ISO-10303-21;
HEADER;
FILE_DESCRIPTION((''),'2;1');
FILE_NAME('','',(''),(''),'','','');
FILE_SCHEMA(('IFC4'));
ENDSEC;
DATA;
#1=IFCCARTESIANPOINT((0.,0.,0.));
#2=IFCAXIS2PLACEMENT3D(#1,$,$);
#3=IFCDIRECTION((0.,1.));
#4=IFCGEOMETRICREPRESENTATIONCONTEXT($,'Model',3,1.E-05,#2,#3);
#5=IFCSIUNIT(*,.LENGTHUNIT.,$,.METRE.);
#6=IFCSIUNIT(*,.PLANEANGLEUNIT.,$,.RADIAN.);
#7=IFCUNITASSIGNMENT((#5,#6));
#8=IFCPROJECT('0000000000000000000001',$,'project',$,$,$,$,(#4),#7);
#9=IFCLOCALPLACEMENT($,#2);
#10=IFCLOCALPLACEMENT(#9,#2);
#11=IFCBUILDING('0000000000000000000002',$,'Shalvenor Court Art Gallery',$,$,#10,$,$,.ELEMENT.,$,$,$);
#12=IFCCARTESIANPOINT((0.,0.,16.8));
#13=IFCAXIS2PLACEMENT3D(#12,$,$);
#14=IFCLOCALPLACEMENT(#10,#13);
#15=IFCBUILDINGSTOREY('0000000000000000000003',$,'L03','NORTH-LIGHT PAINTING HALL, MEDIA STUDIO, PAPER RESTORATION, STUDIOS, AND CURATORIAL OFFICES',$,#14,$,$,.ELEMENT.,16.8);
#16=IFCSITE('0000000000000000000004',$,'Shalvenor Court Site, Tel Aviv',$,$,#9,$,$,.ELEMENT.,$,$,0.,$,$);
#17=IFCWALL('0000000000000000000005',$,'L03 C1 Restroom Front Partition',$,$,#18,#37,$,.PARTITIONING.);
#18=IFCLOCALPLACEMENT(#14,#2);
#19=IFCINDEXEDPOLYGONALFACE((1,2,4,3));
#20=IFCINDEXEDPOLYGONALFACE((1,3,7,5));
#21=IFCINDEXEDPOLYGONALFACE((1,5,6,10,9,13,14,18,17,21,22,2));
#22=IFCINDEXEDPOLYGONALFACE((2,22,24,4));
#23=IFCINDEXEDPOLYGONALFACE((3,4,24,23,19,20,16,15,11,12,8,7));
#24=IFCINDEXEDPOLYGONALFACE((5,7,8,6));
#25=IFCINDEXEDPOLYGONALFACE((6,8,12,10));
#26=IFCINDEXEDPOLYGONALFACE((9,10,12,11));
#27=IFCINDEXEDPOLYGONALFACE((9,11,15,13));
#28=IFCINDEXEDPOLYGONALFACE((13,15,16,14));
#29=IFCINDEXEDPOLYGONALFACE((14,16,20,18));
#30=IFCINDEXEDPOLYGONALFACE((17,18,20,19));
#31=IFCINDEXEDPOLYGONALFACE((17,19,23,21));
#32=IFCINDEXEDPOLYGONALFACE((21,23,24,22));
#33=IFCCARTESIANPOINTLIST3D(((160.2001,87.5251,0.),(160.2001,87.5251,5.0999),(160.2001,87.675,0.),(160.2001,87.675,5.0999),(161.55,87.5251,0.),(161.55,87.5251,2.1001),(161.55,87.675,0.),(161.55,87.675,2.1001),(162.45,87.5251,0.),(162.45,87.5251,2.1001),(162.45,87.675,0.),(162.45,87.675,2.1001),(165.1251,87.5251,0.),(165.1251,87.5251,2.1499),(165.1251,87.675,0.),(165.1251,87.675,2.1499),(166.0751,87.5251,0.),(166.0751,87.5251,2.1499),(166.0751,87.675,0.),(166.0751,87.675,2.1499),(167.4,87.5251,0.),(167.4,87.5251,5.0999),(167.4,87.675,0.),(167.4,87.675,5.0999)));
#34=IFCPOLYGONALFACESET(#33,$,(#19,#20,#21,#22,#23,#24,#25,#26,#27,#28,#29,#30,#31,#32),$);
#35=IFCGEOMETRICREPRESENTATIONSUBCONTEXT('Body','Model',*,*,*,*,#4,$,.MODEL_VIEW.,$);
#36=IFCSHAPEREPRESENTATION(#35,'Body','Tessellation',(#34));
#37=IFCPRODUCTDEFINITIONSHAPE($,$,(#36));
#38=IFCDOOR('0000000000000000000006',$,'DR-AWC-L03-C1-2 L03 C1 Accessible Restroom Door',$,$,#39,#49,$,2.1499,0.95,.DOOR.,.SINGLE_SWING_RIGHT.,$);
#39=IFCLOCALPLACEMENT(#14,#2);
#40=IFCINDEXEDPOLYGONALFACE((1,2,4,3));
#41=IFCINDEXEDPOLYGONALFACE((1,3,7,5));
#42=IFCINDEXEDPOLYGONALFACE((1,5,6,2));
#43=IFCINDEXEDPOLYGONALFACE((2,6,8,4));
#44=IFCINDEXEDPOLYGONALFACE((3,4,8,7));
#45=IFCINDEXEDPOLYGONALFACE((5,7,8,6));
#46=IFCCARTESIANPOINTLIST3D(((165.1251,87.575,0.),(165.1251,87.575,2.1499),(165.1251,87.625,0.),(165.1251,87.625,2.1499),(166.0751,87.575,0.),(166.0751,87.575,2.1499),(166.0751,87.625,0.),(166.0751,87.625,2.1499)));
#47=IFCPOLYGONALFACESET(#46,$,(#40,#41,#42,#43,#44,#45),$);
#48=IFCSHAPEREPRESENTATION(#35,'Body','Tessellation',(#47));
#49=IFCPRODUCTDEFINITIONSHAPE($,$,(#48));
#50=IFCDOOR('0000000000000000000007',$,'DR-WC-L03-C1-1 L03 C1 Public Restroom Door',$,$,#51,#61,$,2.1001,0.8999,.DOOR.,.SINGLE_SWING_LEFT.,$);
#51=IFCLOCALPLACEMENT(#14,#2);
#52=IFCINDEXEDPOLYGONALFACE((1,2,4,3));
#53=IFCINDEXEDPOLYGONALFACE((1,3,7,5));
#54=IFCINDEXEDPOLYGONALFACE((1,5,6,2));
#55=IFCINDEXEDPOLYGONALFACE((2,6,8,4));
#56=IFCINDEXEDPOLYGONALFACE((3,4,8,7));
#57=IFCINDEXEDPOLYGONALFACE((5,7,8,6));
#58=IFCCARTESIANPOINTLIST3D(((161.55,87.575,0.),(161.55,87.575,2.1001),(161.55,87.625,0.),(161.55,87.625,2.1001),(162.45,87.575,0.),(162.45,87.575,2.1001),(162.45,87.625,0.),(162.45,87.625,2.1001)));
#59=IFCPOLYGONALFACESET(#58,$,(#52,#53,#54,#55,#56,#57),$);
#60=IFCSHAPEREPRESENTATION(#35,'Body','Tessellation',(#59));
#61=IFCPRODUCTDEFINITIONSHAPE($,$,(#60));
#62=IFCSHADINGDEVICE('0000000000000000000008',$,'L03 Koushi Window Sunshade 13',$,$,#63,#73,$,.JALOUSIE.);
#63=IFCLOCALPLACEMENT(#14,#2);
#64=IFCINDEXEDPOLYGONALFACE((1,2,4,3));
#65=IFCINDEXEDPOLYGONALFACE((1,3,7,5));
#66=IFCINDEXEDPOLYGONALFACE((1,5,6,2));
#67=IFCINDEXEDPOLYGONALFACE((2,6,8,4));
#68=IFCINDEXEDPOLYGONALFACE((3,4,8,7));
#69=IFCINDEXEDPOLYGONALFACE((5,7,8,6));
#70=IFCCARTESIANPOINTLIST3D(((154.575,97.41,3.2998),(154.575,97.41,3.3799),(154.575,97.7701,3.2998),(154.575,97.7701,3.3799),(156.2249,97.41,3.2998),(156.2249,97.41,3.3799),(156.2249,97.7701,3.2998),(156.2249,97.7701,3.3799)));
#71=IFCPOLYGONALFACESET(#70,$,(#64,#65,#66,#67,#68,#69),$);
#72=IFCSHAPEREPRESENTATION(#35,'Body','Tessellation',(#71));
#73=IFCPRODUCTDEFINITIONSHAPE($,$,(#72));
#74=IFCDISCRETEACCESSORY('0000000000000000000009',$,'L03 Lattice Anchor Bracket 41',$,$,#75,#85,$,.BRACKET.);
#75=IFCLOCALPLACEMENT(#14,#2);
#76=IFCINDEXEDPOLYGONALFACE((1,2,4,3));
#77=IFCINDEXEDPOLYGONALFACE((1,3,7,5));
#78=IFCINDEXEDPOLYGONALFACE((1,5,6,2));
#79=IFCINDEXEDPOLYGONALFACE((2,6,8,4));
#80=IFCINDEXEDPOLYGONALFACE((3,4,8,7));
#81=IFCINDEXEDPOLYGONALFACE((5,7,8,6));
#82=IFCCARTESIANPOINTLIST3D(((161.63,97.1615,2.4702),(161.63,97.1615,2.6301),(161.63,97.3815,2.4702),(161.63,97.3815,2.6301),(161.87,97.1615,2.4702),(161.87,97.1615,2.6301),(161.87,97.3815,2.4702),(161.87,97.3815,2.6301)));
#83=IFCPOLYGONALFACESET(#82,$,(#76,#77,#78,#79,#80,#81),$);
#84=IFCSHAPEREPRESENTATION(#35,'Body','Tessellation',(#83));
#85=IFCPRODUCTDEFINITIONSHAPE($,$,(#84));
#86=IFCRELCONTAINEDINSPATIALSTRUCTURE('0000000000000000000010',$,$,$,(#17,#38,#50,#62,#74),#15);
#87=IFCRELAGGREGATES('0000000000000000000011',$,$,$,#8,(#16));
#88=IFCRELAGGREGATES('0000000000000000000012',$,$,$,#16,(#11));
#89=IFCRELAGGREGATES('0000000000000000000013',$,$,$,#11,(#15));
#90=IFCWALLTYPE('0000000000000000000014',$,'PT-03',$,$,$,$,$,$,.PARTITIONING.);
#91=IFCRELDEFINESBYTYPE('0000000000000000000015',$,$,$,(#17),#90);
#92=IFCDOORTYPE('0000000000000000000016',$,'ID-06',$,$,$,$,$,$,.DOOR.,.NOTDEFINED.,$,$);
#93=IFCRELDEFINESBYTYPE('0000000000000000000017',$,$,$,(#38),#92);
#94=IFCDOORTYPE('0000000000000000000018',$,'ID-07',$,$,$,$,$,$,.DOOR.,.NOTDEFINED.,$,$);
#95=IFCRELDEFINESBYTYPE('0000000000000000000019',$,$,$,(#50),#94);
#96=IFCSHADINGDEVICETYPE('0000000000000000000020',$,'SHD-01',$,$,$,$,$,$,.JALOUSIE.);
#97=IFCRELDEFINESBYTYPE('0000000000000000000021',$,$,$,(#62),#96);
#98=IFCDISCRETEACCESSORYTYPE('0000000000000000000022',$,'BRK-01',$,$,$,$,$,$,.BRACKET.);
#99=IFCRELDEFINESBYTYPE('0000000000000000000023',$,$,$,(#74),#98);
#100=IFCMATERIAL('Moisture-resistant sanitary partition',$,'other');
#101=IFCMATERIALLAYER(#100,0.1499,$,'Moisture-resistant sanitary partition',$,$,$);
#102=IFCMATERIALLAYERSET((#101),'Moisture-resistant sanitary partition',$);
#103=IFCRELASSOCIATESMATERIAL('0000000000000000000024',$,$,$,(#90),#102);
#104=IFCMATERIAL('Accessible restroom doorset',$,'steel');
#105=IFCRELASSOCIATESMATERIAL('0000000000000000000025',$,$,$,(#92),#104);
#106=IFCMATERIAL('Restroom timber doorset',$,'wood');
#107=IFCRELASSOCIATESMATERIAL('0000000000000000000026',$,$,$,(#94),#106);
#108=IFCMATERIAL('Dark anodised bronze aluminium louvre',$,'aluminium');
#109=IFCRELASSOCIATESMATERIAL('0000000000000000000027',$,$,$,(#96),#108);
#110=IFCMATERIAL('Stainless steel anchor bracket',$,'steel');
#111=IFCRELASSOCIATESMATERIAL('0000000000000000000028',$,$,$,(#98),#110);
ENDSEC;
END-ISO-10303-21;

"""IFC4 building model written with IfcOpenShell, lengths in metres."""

from ifc_helpers import new_model, si_unit, direction, frame, frame_2d, origin, origin_2d, place, context, subcontext, project, spatial, rectangle, extrude, material, layer, layer_set, type_object, element, fill, save


model = new_model("IFC4")

# Units and contexts
model_context = context("Model", 3, precision=1e-05, world=origin(), true_north=direction((0.0, 1.0)))
body_context = subcontext(model_context, "Body", "Model", "MODEL_VIEW")
ifc_project = project(units=[si_unit("LENGTHUNIT", "METRE"), si_unit("PLANEANGLEUNIT", "RADIAN")], contexts=[model_context])

# Site, building, storey
site_placement = place(None, origin())
site = spatial("IfcSite", under=ifc_project, at=site_placement, Name="Shalvenor Court Site, Tel Aviv", CompositionType="ELEMENT", RefElevation=0.0)
building_placement = place(site_placement, origin())
building = spatial("IfcBuilding", under=site, at=building_placement, Name="Shalvenor Court Art Gallery", CompositionType="ELEMENT")
storey_placement = place(building_placement, frame((0.0, 0.0, 16.8)))
storey = spatial("IfcBuildingStorey", under=building, at=storey_placement, Name="L03", Description="NORTH-LIGHT PAINTING HALL, MEDIA STUDIO, PAPER RESTORATION, STUDIOS, AND CURATORIAL OFFICES", CompositionType="ELEMENT", Elevation=16.8)

# Wall, openings, doors
ifc_material_1 = material(Name="Moisture-resistant sanitary partition", Category="other")
ifc_layer_1 = layer(ifc_material_1, 0.1499, Name="Moisture-resistant sanitary partition")
ifc_layer_set_1 = layer_set([ifc_layer_1], Name="Moisture-resistant sanitary partition")
wall_type = type_object("IfcWallType", Name="PT-03", PredefinedType="PARTITIONING", material=ifc_layer_set_1)
wall_placement = place(storey_placement, frame((160.2, 87.6001, 0.0), z_axis=(0.0, 0.0, 1.0), x_axis=(1.0, 0.0, 0.0)))
wall = element("IfcWall", 1, at=wall_placement, inside=storey, type_object=wall_type, Name="L03 C1 Restroom Front Partition", PredefinedType="PARTITIONING", context=body_context, shape_type="SweptSolid", body=[
    extrude(rectangle(XDim=7.2, YDim=0.1499, at=frame_2d((3.6001, 0.0))), origin(), (0.0, 0.0, 1.0), 5.0999),
])
opening_1_placement = place(wall_placement, frame((1.3501, 0.0, 0.0)))
opening_1 = element("IfcOpeningElement", 2, at=opening_1_placement, cuts=wall, PredefinedType="OPENING", context=body_context, shape_type="SweptSolid", body=[
    extrude(rectangle(XDim=0.8999, YDim=2.1001, at=frame_2d((0.45, 1.05))), frame((0.0, 0.085, 0.0), z_axis=(0.0, -1.0, 0.0), x_axis=(1.0, 0.0, 0.0)), (0.0, 0.0, 1.0), 0.1699),
])
opening_2_placement = place(wall_placement, frame((4.925, 0.0, 0.0)))
opening_2 = element("IfcOpeningElement", 3, at=opening_2_placement, cuts=wall, PredefinedType="OPENING", context=body_context, shape_type="SweptSolid", body=[
    extrude(rectangle(XDim=0.95, YDim=2.1499, at=frame_2d((0.4751, 1.075))), frame((0.0, 0.085, 0.0), z_axis=(0.0, -1.0, 0.0), x_axis=(1.0, 0.0, 0.0)), (0.0, 0.0, 1.0), 0.1699),
])
ifc_material_2 = material(Name="Accessible restroom doorset", Category="steel")
door_type_1 = type_object("IfcDoorType", Name="ID-06", OperationType="NOTDEFINED", PredefinedType="DOOR", material=ifc_material_2)
door_1_placement = place(opening_2_placement, origin())
door_1 = element("IfcDoor", 4, at=door_1_placement, inside=storey, type_object=door_type_1, Name="DR-AWC-L03-C1-2 L03 C1 Accessible Restroom Door", OperationType="SINGLE_SWING_RIGHT", OverallHeight=2.1499, OverallWidth=0.95, PredefinedType="DOOR", context=body_context, shape_type="SweptSolid", body=[
    extrude(rectangle(XDim=0.95, YDim=2.1499, at=frame_2d((0.4751, 1.075))), frame((0.0, 0.0249, 0.0), z_axis=(0.0, -1.0, 0.0), x_axis=(1.0, 0.0, 0.0)), (0.0, 0.0, 1.0), 0.05),
])
fill(opening_2, door_1)
ifc_material_3 = material(Name="Restroom timber doorset", Category="wood")
door_type_2 = type_object("IfcDoorType", Name="ID-07", OperationType="NOTDEFINED", PredefinedType="DOOR", material=ifc_material_3)
door_2_placement = place(opening_1_placement, origin())
door_2 = element("IfcDoor", 5, at=door_2_placement, inside=storey, type_object=door_type_2, Name="DR-WC-L03-C1-1 L03 C1 Public Restroom Door", OperationType="SINGLE_SWING_LEFT", OverallHeight=2.1001, OverallWidth=0.8999, PredefinedType="DOOR", context=body_context, shape_type="SweptSolid", body=[
    extrude(rectangle(XDim=0.8999, YDim=2.1001, at=frame_2d((0.45, 1.05))), frame((0.0, 0.0249, 0.0), z_axis=(0.0, -1.0, 0.0), x_axis=(1.0, 0.0, 0.0)), (0.0, 0.0, 1.0), 0.05),
])
fill(opening_1, door_2)

# Shading device
ifc_material_4 = material(Name="Dark anodised bronze aluminium louvre", Category="aluminium")
shading_device_type = type_object("IfcShadingDeviceType", Name="SHD-01", PredefinedType="JALOUSIE", material=ifc_material_4)
shading_device_placement = place(storey_placement, frame((155.3999, 97.5901, 3.2998), z_axis=(0.0, 0.0, 1.0), x_axis=(1.0, 0.0, 0.0)))
element("IfcShadingDevice", 6, at=shading_device_placement, inside=storey, type_object=shading_device_type, Name="L03 Koushi Window Sunshade 13", PredefinedType="JALOUSIE", context=body_context, shape_type="SweptSolid", body=[
    extrude(rectangle(XDim=1.6499, YDim=0.3601, at=origin_2d()), origin(), (0.0, 0.0, 1.0), 0.0801),
])

# Discrete accessory
ifc_material_5 = material(Name="Stainless steel anchor bracket", Category="steel")
discrete_accessory_type = type_object("IfcDiscreteAccessoryType", Name="BRK-01", PredefinedType="BRACKET", material=ifc_material_5)
discrete_accessory_placement = place(storey_placement, frame((161.75, 97.2715, 2.4702), z_axis=(0.0, 0.0, 1.0), x_axis=(1.0, 0.0, 0.0)))
element("IfcDiscreteAccessory", 7, at=discrete_accessory_placement, inside=storey, type_object=discrete_accessory_type, Name="L03 Lattice Anchor Bracket 41", PredefinedType="BRACKET", context=body_context, shape_type="SweptSolid", body=[
    extrude(rectangle(XDim=0.24, YDim=0.22, at=origin_2d()), origin(), (0.0, 0.0, 1.0), 0.1599),
])

save(model, "model.ifc")
